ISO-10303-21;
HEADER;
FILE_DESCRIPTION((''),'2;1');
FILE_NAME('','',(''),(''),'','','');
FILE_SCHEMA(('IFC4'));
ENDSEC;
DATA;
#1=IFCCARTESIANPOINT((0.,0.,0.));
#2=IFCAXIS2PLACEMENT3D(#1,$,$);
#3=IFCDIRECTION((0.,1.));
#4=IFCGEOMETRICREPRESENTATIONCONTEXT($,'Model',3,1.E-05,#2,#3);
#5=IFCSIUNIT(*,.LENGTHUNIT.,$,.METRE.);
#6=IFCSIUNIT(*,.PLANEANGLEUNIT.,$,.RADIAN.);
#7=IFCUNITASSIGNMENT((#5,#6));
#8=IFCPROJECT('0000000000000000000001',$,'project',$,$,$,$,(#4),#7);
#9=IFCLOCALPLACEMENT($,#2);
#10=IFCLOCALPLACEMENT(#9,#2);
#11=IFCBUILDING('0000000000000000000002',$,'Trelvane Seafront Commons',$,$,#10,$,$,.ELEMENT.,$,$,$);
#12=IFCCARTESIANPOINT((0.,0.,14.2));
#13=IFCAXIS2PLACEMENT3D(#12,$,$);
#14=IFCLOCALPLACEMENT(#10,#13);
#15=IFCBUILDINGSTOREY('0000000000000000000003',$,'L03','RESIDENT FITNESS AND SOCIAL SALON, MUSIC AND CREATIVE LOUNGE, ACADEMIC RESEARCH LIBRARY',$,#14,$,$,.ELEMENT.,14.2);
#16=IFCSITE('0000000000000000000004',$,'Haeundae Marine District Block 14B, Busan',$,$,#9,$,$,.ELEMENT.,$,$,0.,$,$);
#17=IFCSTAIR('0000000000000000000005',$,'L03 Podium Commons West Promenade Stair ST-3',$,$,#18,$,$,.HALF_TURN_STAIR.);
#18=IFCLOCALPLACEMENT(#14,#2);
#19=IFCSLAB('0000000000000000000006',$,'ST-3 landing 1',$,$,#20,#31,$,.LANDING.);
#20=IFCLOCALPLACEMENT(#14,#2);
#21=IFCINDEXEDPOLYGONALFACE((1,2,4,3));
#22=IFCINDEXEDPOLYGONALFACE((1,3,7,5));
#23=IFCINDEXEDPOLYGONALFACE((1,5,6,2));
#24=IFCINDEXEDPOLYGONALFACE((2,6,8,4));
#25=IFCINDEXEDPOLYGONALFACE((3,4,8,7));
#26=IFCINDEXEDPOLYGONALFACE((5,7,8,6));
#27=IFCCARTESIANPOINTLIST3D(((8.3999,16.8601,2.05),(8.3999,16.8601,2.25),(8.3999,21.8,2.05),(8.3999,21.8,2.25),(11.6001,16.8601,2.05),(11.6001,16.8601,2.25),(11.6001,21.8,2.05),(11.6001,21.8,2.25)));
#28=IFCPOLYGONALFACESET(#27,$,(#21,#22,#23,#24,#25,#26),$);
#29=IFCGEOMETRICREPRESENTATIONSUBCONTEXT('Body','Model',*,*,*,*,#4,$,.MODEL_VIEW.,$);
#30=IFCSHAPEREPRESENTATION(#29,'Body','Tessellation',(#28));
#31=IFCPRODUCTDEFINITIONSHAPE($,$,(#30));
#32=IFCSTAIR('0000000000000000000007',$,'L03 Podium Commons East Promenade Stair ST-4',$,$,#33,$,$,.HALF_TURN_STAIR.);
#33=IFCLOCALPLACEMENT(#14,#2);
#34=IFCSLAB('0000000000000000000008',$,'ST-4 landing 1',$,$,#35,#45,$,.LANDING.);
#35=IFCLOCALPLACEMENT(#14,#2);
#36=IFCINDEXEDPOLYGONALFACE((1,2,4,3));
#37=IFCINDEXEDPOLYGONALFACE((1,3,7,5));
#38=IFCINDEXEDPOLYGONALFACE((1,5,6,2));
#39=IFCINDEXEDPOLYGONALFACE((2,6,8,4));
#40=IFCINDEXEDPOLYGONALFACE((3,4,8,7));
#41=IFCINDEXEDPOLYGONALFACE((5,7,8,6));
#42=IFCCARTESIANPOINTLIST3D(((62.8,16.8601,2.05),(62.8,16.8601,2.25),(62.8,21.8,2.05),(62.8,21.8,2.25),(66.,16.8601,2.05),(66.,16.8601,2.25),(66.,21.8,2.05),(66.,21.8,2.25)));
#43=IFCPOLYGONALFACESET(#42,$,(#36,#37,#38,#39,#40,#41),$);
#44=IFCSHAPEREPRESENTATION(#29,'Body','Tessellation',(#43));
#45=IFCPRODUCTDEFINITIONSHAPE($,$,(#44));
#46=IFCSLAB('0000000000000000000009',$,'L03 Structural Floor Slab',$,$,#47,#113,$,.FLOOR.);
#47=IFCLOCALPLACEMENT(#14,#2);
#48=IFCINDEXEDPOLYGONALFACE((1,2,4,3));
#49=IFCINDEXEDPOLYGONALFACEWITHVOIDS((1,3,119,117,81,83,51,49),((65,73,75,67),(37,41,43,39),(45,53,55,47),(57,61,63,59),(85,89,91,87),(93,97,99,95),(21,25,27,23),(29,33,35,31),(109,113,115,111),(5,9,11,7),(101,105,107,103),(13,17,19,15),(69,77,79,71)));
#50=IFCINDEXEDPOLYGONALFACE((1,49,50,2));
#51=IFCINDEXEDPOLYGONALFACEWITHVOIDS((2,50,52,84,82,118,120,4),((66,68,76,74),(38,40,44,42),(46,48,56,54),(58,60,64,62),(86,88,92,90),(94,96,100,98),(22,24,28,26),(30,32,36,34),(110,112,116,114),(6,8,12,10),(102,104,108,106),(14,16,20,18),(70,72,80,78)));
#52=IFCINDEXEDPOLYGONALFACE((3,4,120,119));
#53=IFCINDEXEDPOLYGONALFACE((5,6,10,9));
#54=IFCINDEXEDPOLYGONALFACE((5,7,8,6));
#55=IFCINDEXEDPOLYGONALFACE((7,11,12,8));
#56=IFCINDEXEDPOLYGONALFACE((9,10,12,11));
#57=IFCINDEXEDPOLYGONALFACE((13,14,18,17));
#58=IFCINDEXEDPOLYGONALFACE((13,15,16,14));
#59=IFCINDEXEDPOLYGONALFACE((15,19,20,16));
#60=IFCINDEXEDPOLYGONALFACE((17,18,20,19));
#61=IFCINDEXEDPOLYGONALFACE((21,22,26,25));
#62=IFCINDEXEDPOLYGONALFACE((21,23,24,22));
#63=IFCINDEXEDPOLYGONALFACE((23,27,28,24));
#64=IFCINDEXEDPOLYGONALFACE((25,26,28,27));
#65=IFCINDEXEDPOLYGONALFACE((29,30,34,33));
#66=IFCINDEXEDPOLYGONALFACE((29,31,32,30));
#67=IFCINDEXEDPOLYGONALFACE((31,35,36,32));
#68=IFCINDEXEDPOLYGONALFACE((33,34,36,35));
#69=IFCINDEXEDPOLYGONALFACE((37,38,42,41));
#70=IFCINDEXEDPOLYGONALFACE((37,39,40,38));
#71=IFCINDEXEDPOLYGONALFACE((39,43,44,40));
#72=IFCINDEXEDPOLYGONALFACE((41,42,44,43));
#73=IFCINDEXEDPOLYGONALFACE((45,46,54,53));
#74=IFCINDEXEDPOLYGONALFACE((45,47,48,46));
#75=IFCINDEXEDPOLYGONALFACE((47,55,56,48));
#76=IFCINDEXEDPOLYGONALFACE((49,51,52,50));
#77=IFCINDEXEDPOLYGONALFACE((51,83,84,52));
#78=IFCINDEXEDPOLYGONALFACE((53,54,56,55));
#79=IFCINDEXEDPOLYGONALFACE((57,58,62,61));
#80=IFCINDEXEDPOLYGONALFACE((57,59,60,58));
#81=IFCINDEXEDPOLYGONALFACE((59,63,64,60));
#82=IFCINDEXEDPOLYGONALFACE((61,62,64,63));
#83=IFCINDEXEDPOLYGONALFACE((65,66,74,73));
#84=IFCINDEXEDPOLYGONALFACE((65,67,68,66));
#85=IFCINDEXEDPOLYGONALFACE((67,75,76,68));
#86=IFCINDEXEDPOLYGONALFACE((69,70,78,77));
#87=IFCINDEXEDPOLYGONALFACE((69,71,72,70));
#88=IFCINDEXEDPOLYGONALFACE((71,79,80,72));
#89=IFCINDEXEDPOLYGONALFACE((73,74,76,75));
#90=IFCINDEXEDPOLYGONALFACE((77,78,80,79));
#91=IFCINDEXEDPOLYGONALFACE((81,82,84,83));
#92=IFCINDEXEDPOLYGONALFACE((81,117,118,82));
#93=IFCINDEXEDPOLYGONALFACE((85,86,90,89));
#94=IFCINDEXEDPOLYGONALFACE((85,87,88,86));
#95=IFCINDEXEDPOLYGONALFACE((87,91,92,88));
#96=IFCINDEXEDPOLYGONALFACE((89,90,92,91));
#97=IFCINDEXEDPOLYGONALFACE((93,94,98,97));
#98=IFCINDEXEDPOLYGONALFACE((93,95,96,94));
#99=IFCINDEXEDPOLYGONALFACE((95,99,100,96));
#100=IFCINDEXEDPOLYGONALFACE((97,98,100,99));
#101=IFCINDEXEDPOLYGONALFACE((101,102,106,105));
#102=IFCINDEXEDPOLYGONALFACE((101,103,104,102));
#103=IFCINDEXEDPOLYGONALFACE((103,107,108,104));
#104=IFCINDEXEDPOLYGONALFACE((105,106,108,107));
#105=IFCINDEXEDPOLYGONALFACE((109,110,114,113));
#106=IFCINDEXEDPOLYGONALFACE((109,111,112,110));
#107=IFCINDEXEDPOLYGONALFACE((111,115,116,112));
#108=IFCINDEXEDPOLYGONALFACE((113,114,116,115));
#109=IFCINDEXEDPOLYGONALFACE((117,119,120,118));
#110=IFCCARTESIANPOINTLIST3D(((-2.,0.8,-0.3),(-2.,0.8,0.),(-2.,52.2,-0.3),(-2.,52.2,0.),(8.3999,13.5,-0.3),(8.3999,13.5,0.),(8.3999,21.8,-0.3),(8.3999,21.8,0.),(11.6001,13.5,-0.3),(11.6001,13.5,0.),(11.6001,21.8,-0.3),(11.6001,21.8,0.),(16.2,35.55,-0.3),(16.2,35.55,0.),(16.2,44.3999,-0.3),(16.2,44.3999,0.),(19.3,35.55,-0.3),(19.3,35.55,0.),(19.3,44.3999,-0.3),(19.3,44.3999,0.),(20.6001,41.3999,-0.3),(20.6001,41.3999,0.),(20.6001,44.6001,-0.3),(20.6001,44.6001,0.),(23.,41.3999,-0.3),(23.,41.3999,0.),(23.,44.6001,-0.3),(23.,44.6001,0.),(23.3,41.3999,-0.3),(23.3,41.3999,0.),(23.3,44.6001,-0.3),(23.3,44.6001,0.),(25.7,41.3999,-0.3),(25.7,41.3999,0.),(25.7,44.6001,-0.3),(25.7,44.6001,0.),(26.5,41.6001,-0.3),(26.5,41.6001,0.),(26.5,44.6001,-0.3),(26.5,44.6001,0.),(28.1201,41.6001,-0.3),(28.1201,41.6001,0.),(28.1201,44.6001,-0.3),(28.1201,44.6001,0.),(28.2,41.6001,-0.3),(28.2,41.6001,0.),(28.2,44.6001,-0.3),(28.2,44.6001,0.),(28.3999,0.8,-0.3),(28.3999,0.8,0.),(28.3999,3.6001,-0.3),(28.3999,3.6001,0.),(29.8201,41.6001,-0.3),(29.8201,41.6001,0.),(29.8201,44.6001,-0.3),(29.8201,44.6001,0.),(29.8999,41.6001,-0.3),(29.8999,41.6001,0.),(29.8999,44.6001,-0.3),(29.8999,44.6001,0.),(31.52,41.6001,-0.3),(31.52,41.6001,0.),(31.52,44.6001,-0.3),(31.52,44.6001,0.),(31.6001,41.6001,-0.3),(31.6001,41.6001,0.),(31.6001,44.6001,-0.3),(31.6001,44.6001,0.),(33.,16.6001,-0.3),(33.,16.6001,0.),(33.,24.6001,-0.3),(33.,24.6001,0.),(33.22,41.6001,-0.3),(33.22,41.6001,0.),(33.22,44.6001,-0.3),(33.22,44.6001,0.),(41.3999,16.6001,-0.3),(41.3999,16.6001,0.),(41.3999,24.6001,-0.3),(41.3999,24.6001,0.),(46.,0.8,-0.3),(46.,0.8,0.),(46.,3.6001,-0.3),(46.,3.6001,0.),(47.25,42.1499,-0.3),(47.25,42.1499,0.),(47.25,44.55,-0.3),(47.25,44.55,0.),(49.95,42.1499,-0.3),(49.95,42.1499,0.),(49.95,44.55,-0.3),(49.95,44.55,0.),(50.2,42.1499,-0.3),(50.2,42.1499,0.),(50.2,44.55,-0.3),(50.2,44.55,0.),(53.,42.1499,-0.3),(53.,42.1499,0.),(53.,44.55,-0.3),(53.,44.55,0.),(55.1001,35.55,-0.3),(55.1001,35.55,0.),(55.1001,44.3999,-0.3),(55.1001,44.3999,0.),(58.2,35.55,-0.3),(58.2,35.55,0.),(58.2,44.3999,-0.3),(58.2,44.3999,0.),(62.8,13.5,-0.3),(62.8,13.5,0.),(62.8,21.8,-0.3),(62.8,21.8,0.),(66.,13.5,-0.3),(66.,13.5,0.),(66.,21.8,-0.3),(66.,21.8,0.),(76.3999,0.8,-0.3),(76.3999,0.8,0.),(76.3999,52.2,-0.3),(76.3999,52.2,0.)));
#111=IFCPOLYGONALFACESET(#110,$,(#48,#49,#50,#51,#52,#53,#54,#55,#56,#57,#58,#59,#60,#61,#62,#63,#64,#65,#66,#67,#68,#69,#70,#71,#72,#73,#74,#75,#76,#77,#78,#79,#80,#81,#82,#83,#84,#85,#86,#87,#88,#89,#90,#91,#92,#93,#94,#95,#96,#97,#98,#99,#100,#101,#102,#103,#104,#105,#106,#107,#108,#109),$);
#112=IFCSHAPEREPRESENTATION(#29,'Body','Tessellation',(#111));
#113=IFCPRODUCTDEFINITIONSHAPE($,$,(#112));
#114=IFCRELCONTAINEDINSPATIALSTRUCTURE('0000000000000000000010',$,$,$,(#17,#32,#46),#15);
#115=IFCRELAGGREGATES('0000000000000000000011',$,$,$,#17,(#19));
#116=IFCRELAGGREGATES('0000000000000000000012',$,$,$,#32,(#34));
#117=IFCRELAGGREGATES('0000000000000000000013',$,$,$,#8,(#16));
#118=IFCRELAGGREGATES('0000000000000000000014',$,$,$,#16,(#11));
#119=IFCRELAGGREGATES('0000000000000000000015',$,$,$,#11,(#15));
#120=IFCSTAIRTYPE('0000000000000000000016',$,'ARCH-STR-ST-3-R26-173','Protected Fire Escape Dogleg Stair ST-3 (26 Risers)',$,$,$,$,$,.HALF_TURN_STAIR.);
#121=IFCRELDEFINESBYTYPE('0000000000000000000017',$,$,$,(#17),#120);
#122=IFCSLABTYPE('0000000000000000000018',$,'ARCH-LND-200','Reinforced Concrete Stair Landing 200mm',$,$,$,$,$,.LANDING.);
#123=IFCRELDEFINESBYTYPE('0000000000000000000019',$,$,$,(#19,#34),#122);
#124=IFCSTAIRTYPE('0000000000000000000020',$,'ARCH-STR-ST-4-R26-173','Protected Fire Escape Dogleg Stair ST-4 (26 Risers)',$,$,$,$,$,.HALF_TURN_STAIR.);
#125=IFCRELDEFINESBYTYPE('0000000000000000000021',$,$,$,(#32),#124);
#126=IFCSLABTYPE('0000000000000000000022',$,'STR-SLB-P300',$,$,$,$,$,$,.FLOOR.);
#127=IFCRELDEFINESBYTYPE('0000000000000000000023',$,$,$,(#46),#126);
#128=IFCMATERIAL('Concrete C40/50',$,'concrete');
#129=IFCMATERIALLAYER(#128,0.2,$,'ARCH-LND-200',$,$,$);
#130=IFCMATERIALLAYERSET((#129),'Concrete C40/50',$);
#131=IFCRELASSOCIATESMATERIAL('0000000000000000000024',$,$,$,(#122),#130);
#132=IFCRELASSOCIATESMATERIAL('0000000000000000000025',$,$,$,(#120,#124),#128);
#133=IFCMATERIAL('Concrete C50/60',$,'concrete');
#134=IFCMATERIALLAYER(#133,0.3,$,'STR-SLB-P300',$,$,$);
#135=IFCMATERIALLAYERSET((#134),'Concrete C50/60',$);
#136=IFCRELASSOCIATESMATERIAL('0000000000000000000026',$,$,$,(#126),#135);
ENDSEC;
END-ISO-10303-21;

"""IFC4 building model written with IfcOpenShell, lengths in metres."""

from ifc_helpers import new_model, si_unit, direction, frame, origin, place, context, subcontext, project, spatial, polyline, outline, extrude, material, layer, layer_set, type_object, element, aggregate, save


model = new_model("IFC4")

# Units and contexts
model_context = context("Model", 3, precision=1e-05, world=origin(), true_north=direction((0.0, 1.0)))
body_context = subcontext(model_context, "Body", "Model", "MODEL_VIEW")
ifc_project = project(units=[si_unit("LENGTHUNIT", "METRE"), si_unit("PLANEANGLEUNIT", "RADIAN")], contexts=[model_context])

# Site, building, storey
site_placement = place(None, origin())
site = spatial("IfcSite", under=ifc_project, at=site_placement, Name="Haeundae Marine District Block 14B, Busan", CompositionType="ELEMENT", RefElevation=0.0)
building_placement = place(site_placement, origin())
building = spatial("IfcBuilding", under=site, at=building_placement, Name="Trelvane Seafront Commons", CompositionType="ELEMENT")
storey_placement = place(building_placement, frame((0.0, 0.0, 14.2)))
storey = spatial("IfcBuildingStorey", under=building, at=storey_placement, Name="L03", Description="RESIDENT FITNESS AND SOCIAL SALON, MUSIC AND CREATIVE LOUNGE, ACADEMIC RESEARCH LIBRARY", CompositionType="ELEMENT", Elevation=14.2)

# Shared definitions
ifc_material_1 = material(Name="Concrete C50/60", Category="concrete")

# Stairs, slabs
ifc_material_2 = material(Name="Concrete C40/50", Category="concrete")
ifc_layer_1 = layer(ifc_material_2, 0.2, Name="ARCH-LND-200")
ifc_layer_set_1 = layer_set([ifc_layer_1], Name="Concrete C40/50")
slab_type_1 = type_object("IfcSlabType", Name="ARCH-LND-200", Description="Reinforced Concrete Stair Landing 200mm", PredefinedType="LANDING", material=ifc_layer_set_1)
stair_type_1 = type_object("IfcStairType", Name="ARCH-STR-ST-3-R26-173", Description="Protected Fire Escape Dogleg Stair ST-3 (26 Risers)", PredefinedType="HALF_TURN_STAIR", material=ifc_material_2)
stair_1_placement = place(storey_placement, origin())
stair_1 = element("IfcStair", 1, at=stair_1_placement, inside=storey, type_object=stair_type_1, Name="L03 Podium Commons West Promenade Stair ST-3", PredefinedType="HALF_TURN_STAIR")
slab_1_placement = place(storey_placement, frame((0.0, 0.0, 2.05)))
slab_1 = element("IfcSlab", 2, at=slab_1_placement, type_object=slab_type_1, Name="ST-3 landing 1", PredefinedType="LANDING", context=body_context, shape_type="SweptSolid", body=[
    extrude(outline(polyline([(11.6001, 16.8601), (11.6001, 21.8), (8.3999, 21.8), (8.3999, 16.8601), (11.6001, 16.8601)])), origin(), (0.0, 0.0, 1.0), 0.2),
])
aggregate(stair_1, [slab_1])
stair_type_2 = type_object("IfcStairType", Name="ARCH-STR-ST-4-R26-173", Description="Protected Fire Escape Dogleg Stair ST-4 (26 Risers)", PredefinedType="HALF_TURN_STAIR", material=ifc_material_2)
stair_2_placement = place(storey_placement, origin())
stair_2 = element("IfcStair", 3, at=stair_2_placement, inside=storey, type_object=stair_type_2, Name="L03 Podium Commons East Promenade Stair ST-4", PredefinedType="HALF_TURN_STAIR")
slab_2_placement = place(storey_placement, frame((0.0, 0.0, 2.05)))
slab_2 = element("IfcSlab", 4, at=slab_2_placement, type_object=slab_type_1, Name="ST-4 landing 1", PredefinedType="LANDING", context=body_context, shape_type="SweptSolid", body=[
    extrude(outline(polyline([(66.0, 16.8601), (66.0, 21.8), (62.8, 21.8), (62.8, 16.8601), (66.0, 16.8601)])), origin(), (0.0, 0.0, 1.0), 0.2),
])
aggregate(stair_2, [slab_2])

# Slab
ifc_layer_2 = layer(ifc_material_1, 0.3, Name="STR-SLB-P300")
ifc_layer_set_2 = layer_set([ifc_layer_2], Name="Concrete C50/60")
slab_type_2 = type_object("IfcSlabType", Name="STR-SLB-P300", PredefinedType="FLOOR", material=ifc_layer_set_2)
slab_3_placement = place(storey_placement, frame((0.0, 0.0, -0.3)))
element("IfcSlab", 5, at=slab_3_placement, inside=storey, type_object=slab_type_2, Name="L03 Structural Floor Slab", PredefinedType="FLOOR", context=body_context, shape_type="SweptSolid", body=[
    extrude(outline(polyline([(-2.0, 0.8), (28.3999, 0.8), (28.3999, 3.6001), (46.0, 3.6001), (46.0, 0.8), (76.3999, 0.8), (76.3999, 52.2), (-2.0, 52.2), (-2.0, 0.8)]), holes=[polyline([(11.6001, 13.5), (8.3999, 13.5), (8.3999, 21.8), (11.6001, 21.8), (11.6001, 13.5)]), polyline([(16.2, 35.55), (16.2, 44.3999), (19.3, 44.3999), (19.3, 35.55), (16.2, 35.55)]), polyline([(20.6001, 41.3999), (20.6001, 44.6001), (23.0, 44.6001), (23.0, 41.3999), (20.6001, 41.3999)]), polyline([(25.7, 41.3999), (23.3, 41.3999), (23.3, 44.6001), (25.7, 44.6001), (25.7, 41.3999)]), polyline([(26.5, 41.6001), (26.5, 44.6001), (28.1201, 44.6001), (28.1201, 41.6001), (26.5, 41.6001)]), polyline([(28.2, 41.6001), (28.2, 44.6001), (29.8201, 44.6001), (29.8201, 41.6001), (28.2, 41.6001)]), polyline([(31.52, 41.6001), (29.8999, 41.6001), (29.8999, 44.6001), (31.52, 44.6001), (31.52, 41.6001)]), polyline([(62.8, 13.5), (62.8, 21.8), (66.0, 21.8), (66.0, 13.5), (62.8, 13.5)]), polyline([(33.0, 16.6001), (33.0, 24.6001), (41.3999, 24.6001), (41.3999, 16.6001), (33.0, 16.6001)]), polyline([(55.1001, 35.55), (55.1001, 44.3999), (58.2, 44.3999), (58.2, 35.55), (55.1001, 35.55)]), polyline([(31.6001, 41.6001), (31.6001, 44.6001), (33.22, 44.6001), (33.22, 41.6001), (31.6001, 41.6001)]), polyline([(47.25, 42.1499), (47.25, 44.55), (49.95, 44.55), (49.95, 42.1499), (47.25, 42.1499)]), polyline([(50.2, 42.1499), (50.2, 44.55), (53.0, 44.55), (53.0, 42.1499), (50.2, 42.1499)])]), origin(), (0.0, 0.0, 1.0), 0.3),
])

save(model, "model.ifc")
